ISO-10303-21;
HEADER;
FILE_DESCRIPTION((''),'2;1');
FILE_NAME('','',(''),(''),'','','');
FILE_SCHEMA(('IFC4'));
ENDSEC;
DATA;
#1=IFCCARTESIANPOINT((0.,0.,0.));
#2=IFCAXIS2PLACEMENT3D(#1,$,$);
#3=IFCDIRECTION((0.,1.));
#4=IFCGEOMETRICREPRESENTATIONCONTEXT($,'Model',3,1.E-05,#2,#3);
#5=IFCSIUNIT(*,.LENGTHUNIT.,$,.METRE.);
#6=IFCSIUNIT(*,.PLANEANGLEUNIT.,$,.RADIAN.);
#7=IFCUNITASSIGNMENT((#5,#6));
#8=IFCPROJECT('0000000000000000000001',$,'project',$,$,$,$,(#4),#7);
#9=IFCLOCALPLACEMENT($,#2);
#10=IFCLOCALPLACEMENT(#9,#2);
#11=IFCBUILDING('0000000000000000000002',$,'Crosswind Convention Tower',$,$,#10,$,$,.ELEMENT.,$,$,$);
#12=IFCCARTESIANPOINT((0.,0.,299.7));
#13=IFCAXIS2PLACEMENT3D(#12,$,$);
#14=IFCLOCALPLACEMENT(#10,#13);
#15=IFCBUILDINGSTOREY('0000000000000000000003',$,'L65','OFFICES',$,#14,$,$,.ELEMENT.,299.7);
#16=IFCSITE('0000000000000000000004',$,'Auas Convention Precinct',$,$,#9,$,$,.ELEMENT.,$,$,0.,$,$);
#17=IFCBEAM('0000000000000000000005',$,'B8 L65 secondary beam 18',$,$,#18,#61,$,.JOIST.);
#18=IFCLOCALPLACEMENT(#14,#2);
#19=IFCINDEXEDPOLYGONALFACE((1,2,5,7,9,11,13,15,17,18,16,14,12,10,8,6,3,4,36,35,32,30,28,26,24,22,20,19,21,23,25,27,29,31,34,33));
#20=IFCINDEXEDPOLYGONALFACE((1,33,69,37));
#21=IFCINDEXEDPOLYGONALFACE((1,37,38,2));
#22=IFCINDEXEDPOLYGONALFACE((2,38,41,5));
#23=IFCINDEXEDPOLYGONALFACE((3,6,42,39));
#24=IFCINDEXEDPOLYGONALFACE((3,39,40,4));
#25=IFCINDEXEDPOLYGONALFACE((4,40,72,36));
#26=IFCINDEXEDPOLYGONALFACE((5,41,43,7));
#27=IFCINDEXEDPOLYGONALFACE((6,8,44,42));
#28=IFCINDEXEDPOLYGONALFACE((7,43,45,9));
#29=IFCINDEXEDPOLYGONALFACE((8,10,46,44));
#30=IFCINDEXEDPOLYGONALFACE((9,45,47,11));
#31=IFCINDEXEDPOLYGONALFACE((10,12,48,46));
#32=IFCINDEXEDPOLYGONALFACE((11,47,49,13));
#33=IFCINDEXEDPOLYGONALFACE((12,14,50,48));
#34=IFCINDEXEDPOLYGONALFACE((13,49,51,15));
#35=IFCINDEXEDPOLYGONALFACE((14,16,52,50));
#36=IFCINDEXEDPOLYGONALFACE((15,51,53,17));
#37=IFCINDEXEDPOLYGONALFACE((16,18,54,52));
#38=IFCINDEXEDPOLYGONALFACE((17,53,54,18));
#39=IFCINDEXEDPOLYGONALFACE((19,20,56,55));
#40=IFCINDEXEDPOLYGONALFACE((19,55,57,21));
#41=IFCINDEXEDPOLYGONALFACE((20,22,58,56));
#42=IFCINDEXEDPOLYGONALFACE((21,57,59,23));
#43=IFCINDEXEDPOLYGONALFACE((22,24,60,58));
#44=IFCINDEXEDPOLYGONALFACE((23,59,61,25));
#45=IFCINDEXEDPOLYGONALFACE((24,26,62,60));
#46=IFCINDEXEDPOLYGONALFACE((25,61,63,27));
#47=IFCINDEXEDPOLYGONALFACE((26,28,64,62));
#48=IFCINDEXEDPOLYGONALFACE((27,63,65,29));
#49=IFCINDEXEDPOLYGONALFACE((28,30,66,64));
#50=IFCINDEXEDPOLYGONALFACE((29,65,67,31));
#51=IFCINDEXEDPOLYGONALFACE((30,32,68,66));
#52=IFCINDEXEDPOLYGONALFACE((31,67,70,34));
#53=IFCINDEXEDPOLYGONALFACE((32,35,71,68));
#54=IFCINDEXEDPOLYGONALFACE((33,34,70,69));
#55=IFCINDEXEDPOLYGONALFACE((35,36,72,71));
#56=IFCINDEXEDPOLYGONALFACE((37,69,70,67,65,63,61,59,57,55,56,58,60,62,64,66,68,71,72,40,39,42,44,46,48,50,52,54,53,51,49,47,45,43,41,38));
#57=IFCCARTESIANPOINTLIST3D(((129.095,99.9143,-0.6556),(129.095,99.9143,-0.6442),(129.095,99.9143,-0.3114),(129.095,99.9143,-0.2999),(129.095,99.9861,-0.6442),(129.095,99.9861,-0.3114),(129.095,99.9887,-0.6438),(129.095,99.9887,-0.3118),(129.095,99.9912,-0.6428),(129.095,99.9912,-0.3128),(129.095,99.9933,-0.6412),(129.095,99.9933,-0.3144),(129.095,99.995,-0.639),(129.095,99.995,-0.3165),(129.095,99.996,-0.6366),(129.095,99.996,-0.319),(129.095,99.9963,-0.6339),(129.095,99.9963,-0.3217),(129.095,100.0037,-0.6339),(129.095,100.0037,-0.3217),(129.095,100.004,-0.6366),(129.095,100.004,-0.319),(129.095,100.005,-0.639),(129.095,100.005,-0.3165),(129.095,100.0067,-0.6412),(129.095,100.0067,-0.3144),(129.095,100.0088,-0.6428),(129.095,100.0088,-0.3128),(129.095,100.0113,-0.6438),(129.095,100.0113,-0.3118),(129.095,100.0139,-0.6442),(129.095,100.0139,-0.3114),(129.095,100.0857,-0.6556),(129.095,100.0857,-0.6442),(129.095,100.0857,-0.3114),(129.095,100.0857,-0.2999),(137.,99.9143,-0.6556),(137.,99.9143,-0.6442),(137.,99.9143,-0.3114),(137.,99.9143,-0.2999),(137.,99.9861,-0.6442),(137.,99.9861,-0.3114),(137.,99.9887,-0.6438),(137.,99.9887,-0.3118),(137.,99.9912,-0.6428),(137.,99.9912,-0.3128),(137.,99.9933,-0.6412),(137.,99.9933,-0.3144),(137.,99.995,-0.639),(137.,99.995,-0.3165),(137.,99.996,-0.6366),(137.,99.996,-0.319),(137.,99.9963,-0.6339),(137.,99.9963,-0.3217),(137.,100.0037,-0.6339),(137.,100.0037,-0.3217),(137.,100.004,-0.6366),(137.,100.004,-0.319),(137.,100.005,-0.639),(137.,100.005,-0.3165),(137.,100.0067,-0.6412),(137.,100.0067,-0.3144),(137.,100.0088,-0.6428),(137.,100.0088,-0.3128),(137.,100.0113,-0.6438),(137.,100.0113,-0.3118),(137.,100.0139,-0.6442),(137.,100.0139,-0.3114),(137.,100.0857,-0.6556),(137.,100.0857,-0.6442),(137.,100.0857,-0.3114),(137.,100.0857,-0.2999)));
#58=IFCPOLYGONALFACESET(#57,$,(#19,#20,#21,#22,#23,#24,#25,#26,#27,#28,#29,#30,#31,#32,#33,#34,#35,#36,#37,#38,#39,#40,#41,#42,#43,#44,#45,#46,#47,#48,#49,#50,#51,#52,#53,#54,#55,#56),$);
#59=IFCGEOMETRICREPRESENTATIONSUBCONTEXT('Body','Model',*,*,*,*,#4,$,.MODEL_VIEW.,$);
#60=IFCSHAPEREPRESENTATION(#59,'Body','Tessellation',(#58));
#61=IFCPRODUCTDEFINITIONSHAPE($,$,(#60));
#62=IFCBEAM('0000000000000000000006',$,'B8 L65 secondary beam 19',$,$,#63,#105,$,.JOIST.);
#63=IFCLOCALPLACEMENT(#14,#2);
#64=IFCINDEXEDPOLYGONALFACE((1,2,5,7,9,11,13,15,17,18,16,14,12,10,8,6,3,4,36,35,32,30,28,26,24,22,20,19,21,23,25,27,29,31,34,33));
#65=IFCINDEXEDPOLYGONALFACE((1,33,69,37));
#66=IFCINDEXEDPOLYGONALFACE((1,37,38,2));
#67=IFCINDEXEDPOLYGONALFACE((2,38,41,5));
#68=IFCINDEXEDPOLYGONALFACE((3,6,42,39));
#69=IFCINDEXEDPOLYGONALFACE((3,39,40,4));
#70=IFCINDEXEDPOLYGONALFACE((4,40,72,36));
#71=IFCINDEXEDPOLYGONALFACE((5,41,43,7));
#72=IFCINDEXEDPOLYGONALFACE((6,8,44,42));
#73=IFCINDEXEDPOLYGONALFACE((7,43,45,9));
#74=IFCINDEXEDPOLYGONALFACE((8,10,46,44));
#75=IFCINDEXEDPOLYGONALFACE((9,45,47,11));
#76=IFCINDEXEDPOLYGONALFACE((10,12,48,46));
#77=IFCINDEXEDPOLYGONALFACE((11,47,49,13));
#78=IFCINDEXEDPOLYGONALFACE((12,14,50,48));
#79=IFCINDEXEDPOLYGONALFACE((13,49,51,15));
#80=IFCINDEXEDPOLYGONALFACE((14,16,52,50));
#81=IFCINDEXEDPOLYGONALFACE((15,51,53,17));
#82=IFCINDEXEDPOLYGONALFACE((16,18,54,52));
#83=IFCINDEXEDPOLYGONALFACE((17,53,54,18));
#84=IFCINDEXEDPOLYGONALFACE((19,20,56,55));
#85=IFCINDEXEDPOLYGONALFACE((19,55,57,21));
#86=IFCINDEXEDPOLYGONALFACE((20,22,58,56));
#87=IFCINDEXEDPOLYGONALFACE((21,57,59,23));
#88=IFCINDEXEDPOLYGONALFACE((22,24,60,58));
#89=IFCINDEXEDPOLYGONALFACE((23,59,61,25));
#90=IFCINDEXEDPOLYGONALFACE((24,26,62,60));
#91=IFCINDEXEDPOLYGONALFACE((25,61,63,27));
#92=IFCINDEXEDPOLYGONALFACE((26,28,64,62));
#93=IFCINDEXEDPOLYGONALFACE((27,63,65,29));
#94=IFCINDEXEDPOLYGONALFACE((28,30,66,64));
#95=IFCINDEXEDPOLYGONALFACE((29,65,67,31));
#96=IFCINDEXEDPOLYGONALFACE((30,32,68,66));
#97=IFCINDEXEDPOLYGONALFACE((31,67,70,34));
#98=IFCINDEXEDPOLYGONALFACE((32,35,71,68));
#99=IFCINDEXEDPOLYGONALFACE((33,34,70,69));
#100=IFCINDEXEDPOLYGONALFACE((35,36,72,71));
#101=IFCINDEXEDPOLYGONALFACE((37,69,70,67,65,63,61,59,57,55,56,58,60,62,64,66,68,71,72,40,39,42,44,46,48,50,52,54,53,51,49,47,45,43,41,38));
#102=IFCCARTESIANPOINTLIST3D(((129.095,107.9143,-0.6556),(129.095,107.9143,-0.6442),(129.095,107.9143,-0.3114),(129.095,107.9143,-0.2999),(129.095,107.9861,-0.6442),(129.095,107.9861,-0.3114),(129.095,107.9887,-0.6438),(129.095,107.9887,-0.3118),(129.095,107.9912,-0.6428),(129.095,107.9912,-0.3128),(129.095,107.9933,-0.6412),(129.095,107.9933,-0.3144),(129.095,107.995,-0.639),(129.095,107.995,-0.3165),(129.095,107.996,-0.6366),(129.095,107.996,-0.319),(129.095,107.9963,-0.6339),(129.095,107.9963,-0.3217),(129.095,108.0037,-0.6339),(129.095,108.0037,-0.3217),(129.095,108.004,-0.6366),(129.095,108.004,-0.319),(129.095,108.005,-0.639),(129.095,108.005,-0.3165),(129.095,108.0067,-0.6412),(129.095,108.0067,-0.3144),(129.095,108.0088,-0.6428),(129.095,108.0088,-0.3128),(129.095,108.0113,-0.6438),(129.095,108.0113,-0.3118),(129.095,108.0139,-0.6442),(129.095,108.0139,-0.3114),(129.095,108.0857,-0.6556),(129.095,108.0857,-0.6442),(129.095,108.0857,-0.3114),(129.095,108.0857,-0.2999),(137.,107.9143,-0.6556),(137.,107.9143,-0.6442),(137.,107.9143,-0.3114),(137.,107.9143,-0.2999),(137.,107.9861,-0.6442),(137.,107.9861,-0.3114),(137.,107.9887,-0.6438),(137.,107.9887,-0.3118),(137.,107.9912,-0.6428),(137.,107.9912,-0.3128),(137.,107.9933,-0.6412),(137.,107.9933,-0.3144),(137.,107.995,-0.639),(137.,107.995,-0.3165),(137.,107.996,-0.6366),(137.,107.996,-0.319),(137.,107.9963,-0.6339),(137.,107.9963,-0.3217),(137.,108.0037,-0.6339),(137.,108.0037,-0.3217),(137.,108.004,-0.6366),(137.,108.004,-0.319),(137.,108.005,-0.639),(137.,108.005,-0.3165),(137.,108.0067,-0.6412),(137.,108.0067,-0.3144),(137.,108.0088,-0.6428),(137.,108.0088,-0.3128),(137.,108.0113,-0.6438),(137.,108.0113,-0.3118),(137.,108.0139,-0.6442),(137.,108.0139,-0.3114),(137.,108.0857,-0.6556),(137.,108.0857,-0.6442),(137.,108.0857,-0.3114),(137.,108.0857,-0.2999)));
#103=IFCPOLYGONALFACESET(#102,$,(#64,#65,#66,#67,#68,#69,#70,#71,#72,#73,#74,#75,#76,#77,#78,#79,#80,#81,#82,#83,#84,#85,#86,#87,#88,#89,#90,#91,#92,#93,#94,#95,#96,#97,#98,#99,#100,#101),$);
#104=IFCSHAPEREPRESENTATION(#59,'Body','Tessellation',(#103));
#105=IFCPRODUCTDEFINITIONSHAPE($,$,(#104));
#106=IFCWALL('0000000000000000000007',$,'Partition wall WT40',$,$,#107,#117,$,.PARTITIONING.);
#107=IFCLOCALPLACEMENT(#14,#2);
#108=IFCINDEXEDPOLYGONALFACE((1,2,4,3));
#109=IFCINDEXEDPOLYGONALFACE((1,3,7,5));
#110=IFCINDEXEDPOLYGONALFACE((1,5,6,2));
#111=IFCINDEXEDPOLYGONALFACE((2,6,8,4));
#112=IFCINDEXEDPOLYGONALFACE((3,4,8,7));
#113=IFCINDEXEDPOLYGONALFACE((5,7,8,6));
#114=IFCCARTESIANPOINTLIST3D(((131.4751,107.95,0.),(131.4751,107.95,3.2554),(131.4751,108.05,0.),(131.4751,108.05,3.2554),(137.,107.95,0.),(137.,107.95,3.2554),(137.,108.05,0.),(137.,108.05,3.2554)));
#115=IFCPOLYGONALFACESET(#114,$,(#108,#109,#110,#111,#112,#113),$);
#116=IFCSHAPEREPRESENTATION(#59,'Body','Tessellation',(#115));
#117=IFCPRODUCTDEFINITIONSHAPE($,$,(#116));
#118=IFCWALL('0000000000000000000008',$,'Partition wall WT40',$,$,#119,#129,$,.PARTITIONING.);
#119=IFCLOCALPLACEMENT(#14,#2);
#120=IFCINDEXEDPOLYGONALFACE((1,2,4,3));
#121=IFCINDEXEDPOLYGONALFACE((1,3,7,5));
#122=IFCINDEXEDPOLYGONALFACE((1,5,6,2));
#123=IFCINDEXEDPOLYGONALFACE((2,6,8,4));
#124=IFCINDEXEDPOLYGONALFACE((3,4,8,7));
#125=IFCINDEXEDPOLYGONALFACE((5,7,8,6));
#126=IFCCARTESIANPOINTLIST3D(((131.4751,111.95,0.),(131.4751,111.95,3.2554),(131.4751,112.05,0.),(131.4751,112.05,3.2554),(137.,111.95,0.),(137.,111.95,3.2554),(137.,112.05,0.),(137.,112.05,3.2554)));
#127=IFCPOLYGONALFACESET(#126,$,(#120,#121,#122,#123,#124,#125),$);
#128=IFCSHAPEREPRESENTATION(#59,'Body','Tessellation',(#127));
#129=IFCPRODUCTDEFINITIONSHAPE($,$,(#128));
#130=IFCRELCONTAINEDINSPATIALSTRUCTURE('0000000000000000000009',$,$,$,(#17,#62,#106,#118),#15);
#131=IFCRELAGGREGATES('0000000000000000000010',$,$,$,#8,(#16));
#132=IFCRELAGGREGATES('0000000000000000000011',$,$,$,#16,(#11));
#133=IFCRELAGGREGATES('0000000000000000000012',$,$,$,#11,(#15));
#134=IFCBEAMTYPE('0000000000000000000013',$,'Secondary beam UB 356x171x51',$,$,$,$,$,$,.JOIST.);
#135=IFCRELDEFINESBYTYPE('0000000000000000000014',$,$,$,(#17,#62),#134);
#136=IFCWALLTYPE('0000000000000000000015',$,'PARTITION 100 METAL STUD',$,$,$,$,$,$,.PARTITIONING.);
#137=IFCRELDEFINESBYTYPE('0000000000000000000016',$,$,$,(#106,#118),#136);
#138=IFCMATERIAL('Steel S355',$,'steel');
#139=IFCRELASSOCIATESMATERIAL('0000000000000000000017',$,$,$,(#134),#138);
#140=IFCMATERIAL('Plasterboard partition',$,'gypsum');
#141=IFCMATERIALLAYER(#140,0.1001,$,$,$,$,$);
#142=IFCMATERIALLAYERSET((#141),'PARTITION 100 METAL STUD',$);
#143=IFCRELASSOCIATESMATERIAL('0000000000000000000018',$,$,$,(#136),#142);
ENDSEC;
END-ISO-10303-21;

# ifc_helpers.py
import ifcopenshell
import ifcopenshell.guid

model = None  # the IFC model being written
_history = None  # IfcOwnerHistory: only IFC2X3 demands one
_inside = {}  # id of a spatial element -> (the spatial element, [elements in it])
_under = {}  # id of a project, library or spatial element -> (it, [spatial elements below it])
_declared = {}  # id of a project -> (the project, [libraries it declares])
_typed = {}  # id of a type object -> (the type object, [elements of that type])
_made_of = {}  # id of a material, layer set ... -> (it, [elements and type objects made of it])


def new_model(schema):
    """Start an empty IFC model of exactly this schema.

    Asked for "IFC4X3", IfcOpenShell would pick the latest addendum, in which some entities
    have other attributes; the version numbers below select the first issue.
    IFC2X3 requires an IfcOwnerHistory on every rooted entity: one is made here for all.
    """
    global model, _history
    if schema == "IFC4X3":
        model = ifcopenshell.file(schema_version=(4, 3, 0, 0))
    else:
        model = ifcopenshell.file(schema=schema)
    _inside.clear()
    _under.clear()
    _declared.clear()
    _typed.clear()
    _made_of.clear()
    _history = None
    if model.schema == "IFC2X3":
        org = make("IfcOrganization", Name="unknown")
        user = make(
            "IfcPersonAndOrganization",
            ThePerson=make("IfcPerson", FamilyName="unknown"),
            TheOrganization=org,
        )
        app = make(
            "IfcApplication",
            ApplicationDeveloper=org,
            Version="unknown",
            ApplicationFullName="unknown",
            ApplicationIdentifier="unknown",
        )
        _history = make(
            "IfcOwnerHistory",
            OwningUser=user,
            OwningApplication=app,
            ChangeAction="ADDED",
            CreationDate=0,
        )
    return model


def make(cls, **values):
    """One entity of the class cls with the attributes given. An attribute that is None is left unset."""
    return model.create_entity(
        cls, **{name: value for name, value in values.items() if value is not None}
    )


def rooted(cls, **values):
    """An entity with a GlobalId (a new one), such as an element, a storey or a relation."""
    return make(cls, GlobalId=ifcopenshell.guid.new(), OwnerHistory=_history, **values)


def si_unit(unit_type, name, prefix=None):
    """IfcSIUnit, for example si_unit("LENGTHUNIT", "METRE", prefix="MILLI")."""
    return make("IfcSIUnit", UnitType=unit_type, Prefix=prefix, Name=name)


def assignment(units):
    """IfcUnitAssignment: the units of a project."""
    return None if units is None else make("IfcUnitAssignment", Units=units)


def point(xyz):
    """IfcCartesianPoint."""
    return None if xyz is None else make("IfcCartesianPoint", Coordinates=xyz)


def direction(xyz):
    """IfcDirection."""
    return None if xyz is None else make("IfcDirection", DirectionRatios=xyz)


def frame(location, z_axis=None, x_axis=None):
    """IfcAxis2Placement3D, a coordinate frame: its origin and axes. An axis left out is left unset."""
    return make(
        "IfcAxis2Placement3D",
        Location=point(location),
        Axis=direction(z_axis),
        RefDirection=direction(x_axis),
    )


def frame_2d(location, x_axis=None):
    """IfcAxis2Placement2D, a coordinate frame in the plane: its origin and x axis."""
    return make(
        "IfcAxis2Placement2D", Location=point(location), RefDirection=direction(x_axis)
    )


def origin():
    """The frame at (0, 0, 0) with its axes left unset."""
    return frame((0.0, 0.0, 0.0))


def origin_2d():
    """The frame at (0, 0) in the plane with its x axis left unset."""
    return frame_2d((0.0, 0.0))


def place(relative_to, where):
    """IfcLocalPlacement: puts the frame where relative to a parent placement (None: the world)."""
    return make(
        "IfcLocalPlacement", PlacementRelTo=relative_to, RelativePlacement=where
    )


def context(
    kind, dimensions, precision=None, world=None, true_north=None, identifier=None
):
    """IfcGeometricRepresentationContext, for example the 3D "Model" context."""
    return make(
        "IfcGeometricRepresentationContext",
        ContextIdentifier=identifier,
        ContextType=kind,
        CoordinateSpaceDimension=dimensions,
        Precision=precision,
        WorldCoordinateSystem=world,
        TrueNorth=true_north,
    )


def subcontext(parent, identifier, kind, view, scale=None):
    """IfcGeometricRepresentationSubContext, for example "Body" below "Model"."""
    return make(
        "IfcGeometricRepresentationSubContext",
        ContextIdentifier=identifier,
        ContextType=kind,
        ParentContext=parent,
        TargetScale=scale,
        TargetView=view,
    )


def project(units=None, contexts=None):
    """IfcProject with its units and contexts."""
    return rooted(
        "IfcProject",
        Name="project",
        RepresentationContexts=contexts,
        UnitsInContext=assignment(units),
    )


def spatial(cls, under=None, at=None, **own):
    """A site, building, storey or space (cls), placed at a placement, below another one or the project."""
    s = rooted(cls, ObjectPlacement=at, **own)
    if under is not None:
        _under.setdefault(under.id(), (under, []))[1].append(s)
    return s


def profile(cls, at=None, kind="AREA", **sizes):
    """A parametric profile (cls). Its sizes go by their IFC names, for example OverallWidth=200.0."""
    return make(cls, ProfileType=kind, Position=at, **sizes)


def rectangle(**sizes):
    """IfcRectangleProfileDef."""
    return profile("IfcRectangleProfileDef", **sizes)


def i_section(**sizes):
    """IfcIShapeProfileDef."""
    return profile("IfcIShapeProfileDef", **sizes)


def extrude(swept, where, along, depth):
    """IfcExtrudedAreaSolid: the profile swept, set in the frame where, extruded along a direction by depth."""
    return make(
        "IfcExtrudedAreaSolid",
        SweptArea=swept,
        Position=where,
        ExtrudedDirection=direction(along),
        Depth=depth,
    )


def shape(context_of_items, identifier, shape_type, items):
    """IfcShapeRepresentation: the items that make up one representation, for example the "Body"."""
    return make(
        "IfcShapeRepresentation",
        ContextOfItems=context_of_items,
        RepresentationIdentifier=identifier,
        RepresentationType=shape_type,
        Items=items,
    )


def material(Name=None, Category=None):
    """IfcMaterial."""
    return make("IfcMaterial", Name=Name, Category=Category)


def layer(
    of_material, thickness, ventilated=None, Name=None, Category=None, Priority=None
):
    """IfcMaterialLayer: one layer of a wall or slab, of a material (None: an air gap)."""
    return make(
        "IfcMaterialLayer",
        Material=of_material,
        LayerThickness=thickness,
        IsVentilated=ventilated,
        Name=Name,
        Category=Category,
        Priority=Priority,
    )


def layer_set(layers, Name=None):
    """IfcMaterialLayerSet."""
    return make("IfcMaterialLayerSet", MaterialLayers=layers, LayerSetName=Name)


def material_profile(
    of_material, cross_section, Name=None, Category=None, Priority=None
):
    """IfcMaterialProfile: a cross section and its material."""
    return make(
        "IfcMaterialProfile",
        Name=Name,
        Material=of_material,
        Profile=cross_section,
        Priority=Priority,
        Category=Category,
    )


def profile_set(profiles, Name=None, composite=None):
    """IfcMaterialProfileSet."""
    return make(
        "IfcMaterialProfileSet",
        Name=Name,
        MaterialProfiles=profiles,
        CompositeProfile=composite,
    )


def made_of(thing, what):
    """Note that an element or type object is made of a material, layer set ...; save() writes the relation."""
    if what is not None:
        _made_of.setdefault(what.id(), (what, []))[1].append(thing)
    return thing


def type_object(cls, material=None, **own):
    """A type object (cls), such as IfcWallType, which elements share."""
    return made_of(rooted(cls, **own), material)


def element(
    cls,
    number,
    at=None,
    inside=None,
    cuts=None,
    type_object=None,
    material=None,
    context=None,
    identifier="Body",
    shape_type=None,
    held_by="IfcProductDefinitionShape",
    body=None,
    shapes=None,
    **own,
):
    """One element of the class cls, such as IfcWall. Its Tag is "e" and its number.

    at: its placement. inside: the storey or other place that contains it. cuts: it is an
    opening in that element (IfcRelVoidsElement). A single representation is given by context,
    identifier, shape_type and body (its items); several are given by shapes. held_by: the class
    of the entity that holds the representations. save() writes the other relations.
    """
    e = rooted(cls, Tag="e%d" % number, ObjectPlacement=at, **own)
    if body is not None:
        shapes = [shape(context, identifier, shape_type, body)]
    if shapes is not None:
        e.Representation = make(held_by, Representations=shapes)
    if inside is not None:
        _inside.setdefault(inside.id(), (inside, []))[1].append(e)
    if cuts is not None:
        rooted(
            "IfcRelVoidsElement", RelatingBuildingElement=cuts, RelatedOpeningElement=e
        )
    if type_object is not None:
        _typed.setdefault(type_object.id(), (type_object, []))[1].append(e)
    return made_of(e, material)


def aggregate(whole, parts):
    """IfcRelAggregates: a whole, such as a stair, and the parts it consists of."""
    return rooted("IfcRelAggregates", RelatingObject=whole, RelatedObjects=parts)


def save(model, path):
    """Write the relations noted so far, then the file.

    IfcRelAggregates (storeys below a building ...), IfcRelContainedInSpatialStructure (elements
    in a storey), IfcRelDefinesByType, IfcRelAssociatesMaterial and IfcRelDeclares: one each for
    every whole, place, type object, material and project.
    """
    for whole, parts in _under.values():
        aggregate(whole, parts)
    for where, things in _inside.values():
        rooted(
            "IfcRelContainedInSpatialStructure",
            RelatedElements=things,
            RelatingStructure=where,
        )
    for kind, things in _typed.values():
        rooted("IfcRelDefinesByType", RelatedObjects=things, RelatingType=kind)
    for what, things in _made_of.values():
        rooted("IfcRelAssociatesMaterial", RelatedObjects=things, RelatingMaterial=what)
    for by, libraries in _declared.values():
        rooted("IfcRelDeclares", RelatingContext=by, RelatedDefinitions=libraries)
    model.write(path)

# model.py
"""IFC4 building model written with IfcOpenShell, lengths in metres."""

from ifc_helpers import new_model, si_unit, direction, frame, frame_2d, origin, origin_2d, place, context, subcontext, project, spatial, rectangle, i_section, extrude, material, layer, layer_set, material_profile, profile_set, type_object, element, save


model = new_model("IFC4")

# Units and contexts
model_context = context("Model", 3, precision=1e-05, world=origin(), true_north=direction((0.0, 1.0)))
body_context = subcontext(model_context, "Body", "Model", "MODEL_VIEW")
ifc_project = project(units=[si_unit("LENGTHUNIT", "METRE"), si_unit("PLANEANGLEUNIT", "RADIAN")], contexts=[model_context])

# Site, building, storey
site_placement = place(None, origin())
site = spatial("IfcSite", under=ifc_project, at=site_placement, Name="Auas Convention Precinct", CompositionType="ELEMENT", RefElevation=0.0)
building_placement = place(site_placement, origin())
building = spatial("IfcBuilding", under=site, at=building_placement, Name="Crosswind Convention Tower", CompositionType="ELEMENT")
storey_placement = place(building_placement, frame((0.0, 0.0, 299.7)))
storey = spatial("IfcBuildingStorey", under=building, at=storey_placement, Name="L65", Description="OFFICES", CompositionType="ELEMENT", Elevation=299.7)

# Beams
ifc_material_1 = material(Name="Steel S355", Category="steel")
ifc_material_profile_1 = material_profile(ifc_material_1, i_section(OverallWidth=0.1714, OverallDepth=0.3557, WebThickness=0.0073, FlangeThickness=0.0115, FilletRadius=0.0103, at=origin_2d()), Name="UB 356x171x51")
ifc_profile_set_1 = profile_set([ifc_material_profile_1], Name="Steel S355")
beam_type_1 = type_object("IfcBeamType", Name="Secondary beam UB 356x171x51", PredefinedType="JOIST", material=ifc_profile_set_1)
for number, where, z_axis, x_axis, name in (
    (1, (129.095, 100.0, -0.4778), (1.0, 0.0, 0.0), (0.0, 1.0, 0.0), "B8 L65 secondary beam 18"),
    (2, (129.095, 108.0, -0.4778), (1.0, 0.0, 0.0), (0.0, 1.0, 0.0), "B8 L65 secondary beam 19"),
):
    element("IfcBeam", number, at=place(storey_placement, frame(where, z_axis=z_axis, x_axis=x_axis)), inside=storey, type_object=beam_type_1, Name=name, PredefinedType="JOIST", context=body_context, shape_type="SweptSolid", body=[
        extrude(i_section(OverallWidth=0.1714, OverallDepth=0.3557, WebThickness=0.0073, FlangeThickness=0.0115, FilletRadius=0.0103, at=origin_2d()), origin(), (0.0, 0.0, 1.0), 7.905),
    ])

# Walls
ifc_material_2 = material(Name="Plasterboard partition", Category="gypsum")
ifc_layer_1 = layer(ifc_material_2, 0.1001)
ifc_layer_set_1 = layer_set([ifc_layer_1], Name="PARTITION 100 METAL STUD")
wall_type_1 = type_object("IfcWallType", Name="PARTITION 100 METAL STUD", PredefinedType="PARTITIONING", material=ifc_layer_set_1)
for number, where, z_axis, x_axis, name in (
    (3, (131.4751, 108.0, 0.0), (0.0, 0.0, 1.0), (1.0, 0.0, 0.0), "Partition wall WT40"),
    (4, (131.4751, 112.0, 0.0), (0.0, 0.0, 1.0), (1.0, 0.0, 0.0), "Partition wall WT40"),
):
    element("IfcWall", number, at=place(storey_placement, frame(where, z_axis=z_axis, x_axis=x_axis)), inside=storey, type_object=wall_type_1, Name=name, PredefinedType="PARTITIONING", context=body_context, shape_type="SweptSolid", body=[
        extrude(rectangle(XDim=5.5249, YDim=0.1001, at=frame_2d((2.7625, 0.0))), origin(), (0.0, 0.0, 1.0), 3.2554),
    ])

save(model, "model.ifc")
